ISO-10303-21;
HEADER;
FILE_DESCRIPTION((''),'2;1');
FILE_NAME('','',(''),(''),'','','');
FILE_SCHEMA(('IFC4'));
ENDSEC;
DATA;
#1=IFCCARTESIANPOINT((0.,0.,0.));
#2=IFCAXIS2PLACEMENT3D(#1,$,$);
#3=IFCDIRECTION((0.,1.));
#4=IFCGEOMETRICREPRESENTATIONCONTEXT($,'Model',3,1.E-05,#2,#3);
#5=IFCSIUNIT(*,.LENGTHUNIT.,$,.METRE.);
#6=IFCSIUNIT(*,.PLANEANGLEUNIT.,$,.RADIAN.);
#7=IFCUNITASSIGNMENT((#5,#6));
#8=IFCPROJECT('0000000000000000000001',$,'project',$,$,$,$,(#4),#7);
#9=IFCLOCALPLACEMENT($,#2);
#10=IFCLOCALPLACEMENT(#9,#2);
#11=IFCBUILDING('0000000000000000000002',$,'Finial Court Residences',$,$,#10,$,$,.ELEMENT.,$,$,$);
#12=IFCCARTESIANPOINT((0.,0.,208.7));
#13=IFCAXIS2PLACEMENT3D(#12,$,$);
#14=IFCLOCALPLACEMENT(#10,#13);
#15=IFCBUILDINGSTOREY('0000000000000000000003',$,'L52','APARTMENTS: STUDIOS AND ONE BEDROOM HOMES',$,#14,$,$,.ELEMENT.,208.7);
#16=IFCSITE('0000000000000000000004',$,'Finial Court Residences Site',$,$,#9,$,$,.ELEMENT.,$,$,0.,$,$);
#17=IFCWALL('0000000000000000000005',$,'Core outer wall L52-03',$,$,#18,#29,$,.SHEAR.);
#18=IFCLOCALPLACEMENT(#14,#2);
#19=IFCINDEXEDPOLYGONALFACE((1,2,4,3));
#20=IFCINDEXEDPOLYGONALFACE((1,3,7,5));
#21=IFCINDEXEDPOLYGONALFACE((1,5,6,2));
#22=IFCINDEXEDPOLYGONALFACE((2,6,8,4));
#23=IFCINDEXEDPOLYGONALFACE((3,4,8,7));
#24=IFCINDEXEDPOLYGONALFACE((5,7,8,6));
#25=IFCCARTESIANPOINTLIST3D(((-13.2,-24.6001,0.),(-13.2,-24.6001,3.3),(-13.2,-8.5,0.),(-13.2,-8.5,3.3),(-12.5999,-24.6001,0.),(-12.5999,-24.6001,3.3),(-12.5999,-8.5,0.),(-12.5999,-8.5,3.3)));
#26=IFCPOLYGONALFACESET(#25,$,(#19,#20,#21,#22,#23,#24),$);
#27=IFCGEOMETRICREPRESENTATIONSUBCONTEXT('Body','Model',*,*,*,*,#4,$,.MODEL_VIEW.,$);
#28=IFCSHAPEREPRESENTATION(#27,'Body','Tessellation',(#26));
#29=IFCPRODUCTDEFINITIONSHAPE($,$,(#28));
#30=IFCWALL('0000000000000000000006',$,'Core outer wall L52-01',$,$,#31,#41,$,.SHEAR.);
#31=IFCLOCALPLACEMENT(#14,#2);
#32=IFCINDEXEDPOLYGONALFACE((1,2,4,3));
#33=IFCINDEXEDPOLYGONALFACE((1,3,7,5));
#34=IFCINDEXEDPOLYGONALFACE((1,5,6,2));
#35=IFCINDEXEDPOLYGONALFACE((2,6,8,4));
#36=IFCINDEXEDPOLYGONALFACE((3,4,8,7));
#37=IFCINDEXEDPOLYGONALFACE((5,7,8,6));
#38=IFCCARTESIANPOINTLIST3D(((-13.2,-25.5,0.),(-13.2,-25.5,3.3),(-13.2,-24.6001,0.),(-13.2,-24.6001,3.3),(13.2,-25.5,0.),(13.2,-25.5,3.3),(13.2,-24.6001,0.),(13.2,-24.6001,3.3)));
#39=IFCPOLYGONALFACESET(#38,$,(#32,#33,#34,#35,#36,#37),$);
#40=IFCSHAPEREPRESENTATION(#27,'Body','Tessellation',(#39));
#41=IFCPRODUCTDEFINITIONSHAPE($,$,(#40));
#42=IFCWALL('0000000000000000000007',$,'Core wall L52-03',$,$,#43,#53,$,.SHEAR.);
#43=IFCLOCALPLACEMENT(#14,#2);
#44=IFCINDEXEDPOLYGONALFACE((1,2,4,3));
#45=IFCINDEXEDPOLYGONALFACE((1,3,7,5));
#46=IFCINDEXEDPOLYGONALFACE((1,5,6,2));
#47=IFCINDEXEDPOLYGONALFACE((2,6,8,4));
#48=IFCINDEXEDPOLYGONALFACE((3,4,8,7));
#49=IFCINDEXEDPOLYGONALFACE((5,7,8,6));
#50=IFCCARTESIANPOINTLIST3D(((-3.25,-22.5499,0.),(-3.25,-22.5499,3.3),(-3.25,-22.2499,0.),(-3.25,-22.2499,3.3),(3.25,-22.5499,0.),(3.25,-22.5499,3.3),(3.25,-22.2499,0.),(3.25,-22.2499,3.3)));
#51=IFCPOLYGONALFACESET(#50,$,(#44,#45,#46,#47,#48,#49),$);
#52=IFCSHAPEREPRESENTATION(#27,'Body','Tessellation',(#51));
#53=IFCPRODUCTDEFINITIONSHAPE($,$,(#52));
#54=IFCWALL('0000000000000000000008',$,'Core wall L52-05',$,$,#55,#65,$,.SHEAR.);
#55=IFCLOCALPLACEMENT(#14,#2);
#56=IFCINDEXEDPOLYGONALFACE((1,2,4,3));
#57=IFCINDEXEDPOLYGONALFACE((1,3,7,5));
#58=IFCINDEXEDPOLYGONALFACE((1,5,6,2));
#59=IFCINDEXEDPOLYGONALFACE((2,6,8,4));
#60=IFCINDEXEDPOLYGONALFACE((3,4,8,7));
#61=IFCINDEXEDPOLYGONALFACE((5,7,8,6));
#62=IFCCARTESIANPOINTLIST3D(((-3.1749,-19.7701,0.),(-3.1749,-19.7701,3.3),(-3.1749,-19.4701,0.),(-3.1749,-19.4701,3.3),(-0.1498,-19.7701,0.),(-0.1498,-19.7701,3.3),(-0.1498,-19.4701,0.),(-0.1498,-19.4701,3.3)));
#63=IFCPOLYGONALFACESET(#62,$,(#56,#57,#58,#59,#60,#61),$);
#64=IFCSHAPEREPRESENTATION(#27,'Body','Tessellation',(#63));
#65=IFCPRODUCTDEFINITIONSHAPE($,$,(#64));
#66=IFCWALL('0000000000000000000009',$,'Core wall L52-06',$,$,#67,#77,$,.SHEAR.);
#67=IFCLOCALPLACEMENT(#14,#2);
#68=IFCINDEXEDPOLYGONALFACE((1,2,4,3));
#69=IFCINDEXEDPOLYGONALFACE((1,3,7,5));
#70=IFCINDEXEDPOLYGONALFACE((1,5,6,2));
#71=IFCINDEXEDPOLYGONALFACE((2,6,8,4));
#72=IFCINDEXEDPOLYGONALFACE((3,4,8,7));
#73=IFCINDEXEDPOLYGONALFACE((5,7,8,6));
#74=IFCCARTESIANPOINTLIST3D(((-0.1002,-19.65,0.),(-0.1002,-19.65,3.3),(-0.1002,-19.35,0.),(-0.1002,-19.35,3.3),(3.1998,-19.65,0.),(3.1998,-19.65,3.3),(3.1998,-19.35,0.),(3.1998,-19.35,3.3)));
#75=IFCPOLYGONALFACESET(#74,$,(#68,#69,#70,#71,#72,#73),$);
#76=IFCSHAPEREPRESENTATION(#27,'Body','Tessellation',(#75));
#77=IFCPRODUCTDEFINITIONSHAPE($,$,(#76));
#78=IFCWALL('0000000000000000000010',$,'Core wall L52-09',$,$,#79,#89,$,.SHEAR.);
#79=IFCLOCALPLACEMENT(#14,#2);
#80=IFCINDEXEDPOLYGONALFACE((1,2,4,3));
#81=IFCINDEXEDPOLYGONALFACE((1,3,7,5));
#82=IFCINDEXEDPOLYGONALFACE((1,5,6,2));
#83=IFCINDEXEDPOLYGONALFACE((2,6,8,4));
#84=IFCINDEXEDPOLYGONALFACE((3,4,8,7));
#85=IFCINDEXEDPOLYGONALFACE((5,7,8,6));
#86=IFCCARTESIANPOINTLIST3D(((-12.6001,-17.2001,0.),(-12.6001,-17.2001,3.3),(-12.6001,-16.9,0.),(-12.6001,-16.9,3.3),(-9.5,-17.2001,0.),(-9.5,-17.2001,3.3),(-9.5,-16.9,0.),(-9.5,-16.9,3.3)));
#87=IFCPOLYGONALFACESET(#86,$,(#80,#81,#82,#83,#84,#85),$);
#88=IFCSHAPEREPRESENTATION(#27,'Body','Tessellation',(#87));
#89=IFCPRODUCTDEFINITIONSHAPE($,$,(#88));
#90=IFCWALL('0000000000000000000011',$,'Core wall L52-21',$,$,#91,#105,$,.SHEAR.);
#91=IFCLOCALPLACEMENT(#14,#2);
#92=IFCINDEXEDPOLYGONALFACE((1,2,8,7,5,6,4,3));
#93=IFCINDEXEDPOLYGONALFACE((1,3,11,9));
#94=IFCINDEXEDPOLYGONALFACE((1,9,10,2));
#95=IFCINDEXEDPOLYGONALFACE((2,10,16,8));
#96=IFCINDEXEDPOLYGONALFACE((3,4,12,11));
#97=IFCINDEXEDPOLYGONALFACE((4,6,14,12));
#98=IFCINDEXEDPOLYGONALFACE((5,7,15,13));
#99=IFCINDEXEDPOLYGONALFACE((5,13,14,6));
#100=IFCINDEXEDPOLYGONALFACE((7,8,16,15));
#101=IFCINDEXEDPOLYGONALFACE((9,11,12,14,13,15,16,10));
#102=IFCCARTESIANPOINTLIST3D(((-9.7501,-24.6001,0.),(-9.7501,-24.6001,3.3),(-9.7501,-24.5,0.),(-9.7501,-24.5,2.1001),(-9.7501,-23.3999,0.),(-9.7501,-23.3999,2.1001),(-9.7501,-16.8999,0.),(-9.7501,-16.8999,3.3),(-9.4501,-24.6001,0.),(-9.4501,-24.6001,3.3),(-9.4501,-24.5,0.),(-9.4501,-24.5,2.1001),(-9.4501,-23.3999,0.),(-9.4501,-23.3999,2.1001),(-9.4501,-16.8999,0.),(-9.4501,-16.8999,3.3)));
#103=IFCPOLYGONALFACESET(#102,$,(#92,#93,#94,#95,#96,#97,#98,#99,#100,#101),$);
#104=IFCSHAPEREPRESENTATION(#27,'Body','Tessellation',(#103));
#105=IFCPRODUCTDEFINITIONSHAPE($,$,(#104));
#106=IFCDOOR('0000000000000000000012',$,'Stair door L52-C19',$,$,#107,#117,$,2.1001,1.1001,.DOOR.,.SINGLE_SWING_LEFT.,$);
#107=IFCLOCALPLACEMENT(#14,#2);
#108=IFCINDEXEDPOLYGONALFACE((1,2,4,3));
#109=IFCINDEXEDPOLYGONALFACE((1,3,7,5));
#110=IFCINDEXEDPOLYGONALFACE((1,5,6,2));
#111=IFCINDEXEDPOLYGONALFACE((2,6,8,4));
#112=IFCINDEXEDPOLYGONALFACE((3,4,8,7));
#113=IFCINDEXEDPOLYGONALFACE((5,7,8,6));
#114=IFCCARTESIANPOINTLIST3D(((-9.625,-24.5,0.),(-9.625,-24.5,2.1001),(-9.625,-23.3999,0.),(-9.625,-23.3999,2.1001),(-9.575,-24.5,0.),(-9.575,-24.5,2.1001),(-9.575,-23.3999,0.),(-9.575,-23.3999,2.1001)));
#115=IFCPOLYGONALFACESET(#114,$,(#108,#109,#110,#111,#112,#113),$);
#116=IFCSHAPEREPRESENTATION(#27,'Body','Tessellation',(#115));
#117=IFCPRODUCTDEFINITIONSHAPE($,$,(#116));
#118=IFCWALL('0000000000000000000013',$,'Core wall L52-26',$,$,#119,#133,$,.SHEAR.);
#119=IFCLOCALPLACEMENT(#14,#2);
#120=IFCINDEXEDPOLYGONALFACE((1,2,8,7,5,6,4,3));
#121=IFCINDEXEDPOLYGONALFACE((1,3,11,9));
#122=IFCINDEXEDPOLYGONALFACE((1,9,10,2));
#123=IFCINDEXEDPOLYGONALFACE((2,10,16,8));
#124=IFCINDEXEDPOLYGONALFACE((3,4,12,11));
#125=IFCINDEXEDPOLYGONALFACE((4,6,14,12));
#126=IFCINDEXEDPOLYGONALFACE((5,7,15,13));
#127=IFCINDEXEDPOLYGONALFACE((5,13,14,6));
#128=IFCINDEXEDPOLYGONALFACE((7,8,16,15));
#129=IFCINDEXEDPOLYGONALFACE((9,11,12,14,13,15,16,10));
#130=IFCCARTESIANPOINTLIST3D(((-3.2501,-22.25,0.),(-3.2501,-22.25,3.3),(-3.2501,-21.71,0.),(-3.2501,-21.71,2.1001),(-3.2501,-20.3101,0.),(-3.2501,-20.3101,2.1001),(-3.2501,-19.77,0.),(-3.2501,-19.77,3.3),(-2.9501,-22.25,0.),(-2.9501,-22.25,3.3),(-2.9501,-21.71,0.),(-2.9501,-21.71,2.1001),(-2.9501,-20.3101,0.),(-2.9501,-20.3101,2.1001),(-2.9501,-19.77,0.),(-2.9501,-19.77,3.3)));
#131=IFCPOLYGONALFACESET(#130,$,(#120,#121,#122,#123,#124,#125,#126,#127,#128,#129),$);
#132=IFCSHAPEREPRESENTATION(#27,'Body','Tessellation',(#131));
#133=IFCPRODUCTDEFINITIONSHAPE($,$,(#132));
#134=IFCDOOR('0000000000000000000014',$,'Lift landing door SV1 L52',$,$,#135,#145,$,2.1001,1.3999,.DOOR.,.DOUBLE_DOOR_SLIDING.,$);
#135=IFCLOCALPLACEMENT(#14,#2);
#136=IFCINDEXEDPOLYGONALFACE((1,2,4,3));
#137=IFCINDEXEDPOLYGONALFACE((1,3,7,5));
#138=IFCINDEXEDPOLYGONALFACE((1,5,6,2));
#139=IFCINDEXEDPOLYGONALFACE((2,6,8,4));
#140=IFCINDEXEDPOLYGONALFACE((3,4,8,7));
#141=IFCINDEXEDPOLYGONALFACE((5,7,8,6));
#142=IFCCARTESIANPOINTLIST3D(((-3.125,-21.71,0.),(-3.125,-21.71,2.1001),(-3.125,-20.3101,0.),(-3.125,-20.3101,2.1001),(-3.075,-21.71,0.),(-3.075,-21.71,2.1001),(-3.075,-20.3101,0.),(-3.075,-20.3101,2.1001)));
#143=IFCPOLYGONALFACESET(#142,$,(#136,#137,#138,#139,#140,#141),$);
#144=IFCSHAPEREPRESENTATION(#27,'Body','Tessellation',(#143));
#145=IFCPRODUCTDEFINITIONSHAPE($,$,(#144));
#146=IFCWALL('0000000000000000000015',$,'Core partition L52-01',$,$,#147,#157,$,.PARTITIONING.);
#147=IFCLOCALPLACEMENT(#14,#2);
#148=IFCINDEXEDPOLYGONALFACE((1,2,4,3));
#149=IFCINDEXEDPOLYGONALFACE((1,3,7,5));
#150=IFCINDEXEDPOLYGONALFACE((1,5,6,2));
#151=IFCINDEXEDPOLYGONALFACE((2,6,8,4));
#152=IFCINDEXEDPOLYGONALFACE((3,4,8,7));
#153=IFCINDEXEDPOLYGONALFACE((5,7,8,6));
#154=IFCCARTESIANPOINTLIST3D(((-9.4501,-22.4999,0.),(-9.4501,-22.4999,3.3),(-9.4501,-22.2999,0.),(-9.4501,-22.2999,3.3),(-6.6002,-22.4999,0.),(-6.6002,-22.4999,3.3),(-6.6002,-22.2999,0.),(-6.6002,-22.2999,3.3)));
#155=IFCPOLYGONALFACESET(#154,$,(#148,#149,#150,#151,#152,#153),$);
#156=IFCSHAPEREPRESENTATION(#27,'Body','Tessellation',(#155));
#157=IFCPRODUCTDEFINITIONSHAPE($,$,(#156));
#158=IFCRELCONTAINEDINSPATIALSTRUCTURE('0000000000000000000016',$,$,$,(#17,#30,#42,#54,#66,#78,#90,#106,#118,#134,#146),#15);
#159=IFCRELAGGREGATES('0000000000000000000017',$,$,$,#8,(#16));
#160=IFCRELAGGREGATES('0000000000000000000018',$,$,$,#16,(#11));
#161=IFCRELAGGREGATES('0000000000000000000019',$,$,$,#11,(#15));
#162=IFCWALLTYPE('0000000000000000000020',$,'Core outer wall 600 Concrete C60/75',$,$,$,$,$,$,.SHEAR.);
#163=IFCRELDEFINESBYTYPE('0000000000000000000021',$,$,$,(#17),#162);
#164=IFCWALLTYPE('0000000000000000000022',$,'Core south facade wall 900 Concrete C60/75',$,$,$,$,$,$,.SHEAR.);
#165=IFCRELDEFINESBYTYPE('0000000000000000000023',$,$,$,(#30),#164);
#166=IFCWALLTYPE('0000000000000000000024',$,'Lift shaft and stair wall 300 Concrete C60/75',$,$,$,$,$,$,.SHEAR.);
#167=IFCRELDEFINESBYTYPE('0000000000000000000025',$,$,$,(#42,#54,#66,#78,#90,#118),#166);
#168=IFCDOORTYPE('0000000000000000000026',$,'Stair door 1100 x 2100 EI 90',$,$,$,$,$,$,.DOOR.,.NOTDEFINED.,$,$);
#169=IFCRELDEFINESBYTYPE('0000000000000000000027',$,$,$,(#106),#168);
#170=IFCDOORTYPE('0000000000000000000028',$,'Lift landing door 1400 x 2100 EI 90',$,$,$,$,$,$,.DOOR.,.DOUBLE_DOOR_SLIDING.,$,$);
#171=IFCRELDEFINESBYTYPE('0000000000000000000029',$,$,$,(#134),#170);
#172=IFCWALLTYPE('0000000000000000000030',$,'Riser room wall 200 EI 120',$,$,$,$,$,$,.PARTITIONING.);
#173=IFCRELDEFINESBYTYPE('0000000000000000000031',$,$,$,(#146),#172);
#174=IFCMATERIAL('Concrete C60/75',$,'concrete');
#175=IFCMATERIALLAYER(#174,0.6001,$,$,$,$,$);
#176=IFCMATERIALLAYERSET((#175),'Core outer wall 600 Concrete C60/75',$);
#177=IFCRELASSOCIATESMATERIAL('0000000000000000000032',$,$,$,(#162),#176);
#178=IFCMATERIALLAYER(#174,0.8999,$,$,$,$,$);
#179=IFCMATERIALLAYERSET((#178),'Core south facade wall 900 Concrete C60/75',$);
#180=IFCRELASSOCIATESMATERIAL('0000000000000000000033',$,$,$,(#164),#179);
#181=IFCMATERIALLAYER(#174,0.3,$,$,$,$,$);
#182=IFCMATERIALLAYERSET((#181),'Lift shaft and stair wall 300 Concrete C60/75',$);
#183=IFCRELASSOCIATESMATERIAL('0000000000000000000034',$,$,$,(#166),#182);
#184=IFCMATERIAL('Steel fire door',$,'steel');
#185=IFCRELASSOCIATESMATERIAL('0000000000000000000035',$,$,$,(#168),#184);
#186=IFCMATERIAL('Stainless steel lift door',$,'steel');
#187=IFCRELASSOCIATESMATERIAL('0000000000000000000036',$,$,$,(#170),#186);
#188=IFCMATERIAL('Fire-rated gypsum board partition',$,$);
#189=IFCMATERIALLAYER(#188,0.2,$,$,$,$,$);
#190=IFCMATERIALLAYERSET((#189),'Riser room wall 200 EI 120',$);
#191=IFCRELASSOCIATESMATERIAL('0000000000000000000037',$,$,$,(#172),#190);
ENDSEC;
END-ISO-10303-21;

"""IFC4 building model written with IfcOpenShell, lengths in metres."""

from ifc_helpers import new_model, si_unit, direction, frame, frame_2d, origin, place, context, subcontext, project, spatial, rectangle, extrude, material, layer, layer_set, type_object, element, fill, save


model = new_model("IFC4")

# Units and contexts
model_context = context("Model", 3, precision=1e-05, world=origin(), true_north=direction((0.0, 1.0)))
body_context = subcontext(model_context, "Body", "Model", "MODEL_VIEW")
ifc_project = project(units=[si_unit("LENGTHUNIT", "METRE"), si_unit("PLANEANGLEUNIT", "RADIAN")], contexts=[model_context])

# Site, building, storey
site_placement = place(None, origin())
site = spatial("IfcSite", under=ifc_project, at=site_placement, Name="Finial Court Residences Site", CompositionType="ELEMENT", RefElevation=0.0)
building_placement = place(site_placement, origin())
building = spatial("IfcBuilding", under=site, at=building_placement, Name="Finial Court Residences", CompositionType="ELEMENT")
storey_placement = place(building_placement, frame((0.0, 0.0, 208.7)))
storey = spatial("IfcBuildingStorey", under=building, at=storey_placement, Name="L52", Description="APARTMENTS: STUDIOS AND ONE BEDROOM HOMES", CompositionType="ELEMENT", Elevation=208.7)

# Walls
ifc_material_1 = material(Name="Concrete C60/75", Category="concrete")
ifc_layer_1 = layer(ifc_material_1, 0.6001)
ifc_layer_set_1 = layer_set([ifc_layer_1], Name="Core outer wall 600 Concrete C60/75")
wall_type_1 = type_object("IfcWallType", Name="Core outer wall 600 Concrete C60/75", PredefinedType="SHEAR", material=ifc_layer_set_1)
wall_1_placement = place(storey_placement, frame((-12.8999, -24.6001, 0.0), z_axis=(0.0, 0.0, 1.0), x_axis=(0.0, 1.0, 0.0)))
element("IfcWall", 1, at=wall_1_placement, inside=storey, type_object=wall_type_1, Name="Core outer wall L52-03", PredefinedType="SHEAR", context=body_context, shape_type="SweptSolid", body=[
    extrude(rectangle(XDim=16.1001, YDim=0.6001, at=frame_2d((8.05, 0.0))), origin(), (0.0, 0.0, 1.0), 3.3),
])
ifc_layer_2 = layer(ifc_material_1, 0.8999)
ifc_layer_set_2 = layer_set([ifc_layer_2], Name="Core south facade wall 900 Concrete C60/75")
wall_type_2 = type_object("IfcWallType", Name="Core south facade wall 900 Concrete C60/75", PredefinedType="SHEAR", material=ifc_layer_set_2)
wall_2_placement = place(storey_placement, frame((-13.2, -25.05, 0.0), z_axis=(0.0, 0.0, 1.0), x_axis=(1.0, 0.0, 0.0)))
element("IfcWall", 2, at=wall_2_placement, inside=storey, type_object=wall_type_2, Name="Core outer wall L52-01", PredefinedType="SHEAR", context=body_context, shape_type="SweptSolid", body=[
    extrude(rectangle(XDim=26.3999, YDim=0.8999, at=frame_2d((13.2, 0.0))), origin(), (0.0, 0.0, 1.0), 3.3),
])
ifc_layer_3 = layer(ifc_material_1, 0.3)
ifc_layer_set_3 = layer_set([ifc_layer_3], Name="Lift shaft and stair wall 300 Concrete C60/75")
wall_type_3 = type_object("IfcWallType", Name="Lift shaft and stair wall 300 Concrete C60/75", PredefinedType="SHEAR", material=ifc_layer_set_3)
wall_3_placement = place(storey_placement, frame((-3.25, -22.3999, 0.0), z_axis=(0.0, 0.0, 1.0), x_axis=(1.0, 0.0, 0.0)))
element("IfcWall", 3, at=wall_3_placement, inside=storey, type_object=wall_type_3, Name="Core wall L52-03", PredefinedType="SHEAR", context=body_context, shape_type="SweptSolid", body=[
    extrude(rectangle(XDim=6.5, YDim=0.3, at=frame_2d((3.25, 0.0))), origin(), (0.0, 0.0, 1.0), 3.3),
])
wall_4_placement = place(storey_placement, frame((-3.175, -19.6201, 0.0), z_axis=(0.0, 0.0, 1.0), x_axis=(1.0, 0.0, 0.0)))
element("IfcWall", 4, at=wall_4_placement, inside=storey, type_object=wall_type_3, Name="Core wall L52-05", PredefinedType="SHEAR", context=body_context, shape_type="SweptSolid", body=[
    extrude(rectangle(XDim=3.0251, YDim=0.3, at=frame_2d((1.5127, 0.0))), origin(), (0.0, 0.0, 1.0), 3.3),
])
wall_5_placement = place(storey_placement, frame((-0.1001, -19.5, 0.0), z_axis=(0.0, 0.0, 1.0), x_axis=(1.0, 0.0, 0.0)))
element("IfcWall", 5, at=wall_5_placement, inside=storey, type_object=wall_type_3, Name="Core wall L52-06", PredefinedType="SHEAR", context=body_context, shape_type="SweptSolid", body=[
    extrude(rectangle(XDim=3.3, YDim=0.3, at=frame_2d((1.6499, 0.0))), origin(), (0.0, 0.0, 1.0), 3.3),
])
wall_6_placement = place(storey_placement, frame((-12.6001, -17.05, 0.0), z_axis=(0.0, 0.0, 1.0), x_axis=(1.0, 0.0, 0.0)))
element("IfcWall", 6, at=wall_6_placement, inside=storey, type_object=wall_type_3, Name="Core wall L52-09", PredefinedType="SHEAR", context=body_context, shape_type="SweptSolid", body=[
    extrude(rectangle(XDim=3.1001, YDim=0.3, at=frame_2d((1.55, 0.0))), origin(), (0.0, 0.0, 1.0), 3.3),
])

# Walls, openings, doors
wall_7_placement = place(storey_placement, frame((-9.6001, -24.6001, 0.0), z_axis=(0.0, 0.0, 1.0), x_axis=(0.0, 1.0, 0.0)))
wall_7 = element("IfcWall", 7, at=wall_7_placement, inside=storey, type_object=wall_type_3, Name="Core wall L52-21", PredefinedType="SHEAR", context=body_context, shape_type="SweptSolid", body=[
    extrude(rectangle(XDim=7.7002, YDim=0.3, at=frame_2d((3.8501, 0.0))), origin(), (0.0, 0.0, 1.0), 3.3),
])
opening_1_placement = place(wall_7_placement, frame((0.1001, 0.0, 0.0)))
opening_1 = element("IfcOpeningElement", 8, at=opening_1_placement, cuts=wall_7, PredefinedType="OPENING", context=body_context, shape_type="SweptSolid", body=[
    extrude(rectangle(XDim=1.1001, YDim=2.1001, at=frame_2d((0.55, 1.05))), frame((0.0, 0.1599, 0.0), z_axis=(0.0, -1.0, 0.0), x_axis=(1.0, 0.0, 0.0)), (0.0, 0.0, 1.0), 0.3201),
])
ifc_material_2 = material(Name="Steel fire door", Category="steel")
door_type_1 = type_object("IfcDoorType", Name="Stair door 1100 x 2100 EI 90", OperationType="NOTDEFINED", PredefinedType="DOOR", material=ifc_material_2)
door_1_placement = place(opening_1_placement, origin())
door_1 = element("IfcDoor", 9, at=door_1_placement, inside=storey, type_object=door_type_1, Name="Stair door L52-C19", OperationType="SINGLE_SWING_LEFT", OverallHeight=2.1001, OverallWidth=1.1001, PredefinedType="DOOR", context=body_context, shape_type="SweptSolid", body=[
    extrude(rectangle(XDim=1.1001, YDim=2.1001, at=frame_2d((0.55, 1.05))), frame((0.0, 0.0249, 0.0), z_axis=(0.0, -1.0, 0.0), x_axis=(1.0, 0.0, 0.0)), (0.0, 0.0, 1.0), 0.05),
])
fill(opening_1, door_1)
wall_8_placement = place(storey_placement, frame((-3.1001, -22.25, 0.0), z_axis=(0.0, 0.0, 1.0), x_axis=(0.0, 1.0, 0.0)))
wall_8 = element("IfcWall", 10, at=wall_8_placement, inside=storey, type_object=wall_type_3, Name="Core wall L52-26", PredefinedType="SHEAR", context=body_context, shape_type="SweptSolid", body=[
    extrude(rectangle(XDim=2.48, YDim=0.3, at=frame_2d((1.24, 0.0))), origin(), (0.0, 0.0, 1.0), 3.3),
])
opening_2_placement = place(wall_8_placement, frame((0.54, 0.0, 0.0)))
opening_2 = element("IfcOpeningElement", 11, at=opening_2_placement, cuts=wall_8, PredefinedType="OPENING", context=body_context, shape_type="SweptSolid", body=[
    extrude(rectangle(XDim=1.3999, YDim=2.1001, at=frame_2d((0.7, 1.05))), frame((0.0, 0.1599, 0.0), z_axis=(0.0, -1.0, 0.0), x_axis=(1.0, 0.0, 0.0)), (0.0, 0.0, 1.0), 0.3201),
])
ifc_material_3 = material(Name="Stainless steel lift door", Category="steel")
door_type_2 = type_object("IfcDoorType", Name="Lift landing door 1400 x 2100 EI 90", OperationType="DOUBLE_DOOR_SLIDING", PredefinedType="DOOR", material=ifc_material_3)
door_2_placement = place(opening_2_placement, origin())
door_2 = element("IfcDoor", 12, at=door_2_placement, inside=storey, type_object=door_type_2, Name="Lift landing door SV1 L52", OperationType="DOUBLE_DOOR_SLIDING", OverallHeight=2.1001, OverallWidth=1.3999, PredefinedType="DOOR", context=body_context, shape_type="SweptSolid", body=[
    extrude(rectangle(XDim=1.3999, YDim=2.1001, at=frame_2d((0.7, 1.05))), frame((0.0, 0.0249, 0.0), z_axis=(0.0, -1.0, 0.0), x_axis=(1.0, 0.0, 0.0)), (0.0, 0.0, 1.0), 0.05),
])
fill(opening_2, door_2)

# Wall
ifc_material_4 = material(Name="Fire-rated gypsum board partition")
ifc_layer_4 = layer(ifc_material_4, 0.2)
ifc_layer_set_4 = layer_set([ifc_layer_4], Name="Riser room wall 200 EI 120")
wall_type_4 = type_object("IfcWallType", Name="Riser room wall 200 EI 120", PredefinedType="PARTITIONING", material=ifc_layer_set_4)
wall_9_placement = place(storey_placement, frame((-9.45, -22.3999, 0.0), z_axis=(0.0, 0.0, 1.0), x_axis=(1.0, 0.0, 0.0)))
element("IfcWall", 13, at=wall_9_placement, inside=storey, type_object=wall_type_4, Name="Core partition L52-01", PredefinedType="PARTITIONING", context=body_context, shape_type="SweptSolid", body=[
    extrude(rectangle(XDim=2.8499, YDim=0.2, at=frame_2d((1.4248, 0.0))), origin(), (0.0, 0.0, 1.0), 3.3),
])

save(model, "model.ifc")
